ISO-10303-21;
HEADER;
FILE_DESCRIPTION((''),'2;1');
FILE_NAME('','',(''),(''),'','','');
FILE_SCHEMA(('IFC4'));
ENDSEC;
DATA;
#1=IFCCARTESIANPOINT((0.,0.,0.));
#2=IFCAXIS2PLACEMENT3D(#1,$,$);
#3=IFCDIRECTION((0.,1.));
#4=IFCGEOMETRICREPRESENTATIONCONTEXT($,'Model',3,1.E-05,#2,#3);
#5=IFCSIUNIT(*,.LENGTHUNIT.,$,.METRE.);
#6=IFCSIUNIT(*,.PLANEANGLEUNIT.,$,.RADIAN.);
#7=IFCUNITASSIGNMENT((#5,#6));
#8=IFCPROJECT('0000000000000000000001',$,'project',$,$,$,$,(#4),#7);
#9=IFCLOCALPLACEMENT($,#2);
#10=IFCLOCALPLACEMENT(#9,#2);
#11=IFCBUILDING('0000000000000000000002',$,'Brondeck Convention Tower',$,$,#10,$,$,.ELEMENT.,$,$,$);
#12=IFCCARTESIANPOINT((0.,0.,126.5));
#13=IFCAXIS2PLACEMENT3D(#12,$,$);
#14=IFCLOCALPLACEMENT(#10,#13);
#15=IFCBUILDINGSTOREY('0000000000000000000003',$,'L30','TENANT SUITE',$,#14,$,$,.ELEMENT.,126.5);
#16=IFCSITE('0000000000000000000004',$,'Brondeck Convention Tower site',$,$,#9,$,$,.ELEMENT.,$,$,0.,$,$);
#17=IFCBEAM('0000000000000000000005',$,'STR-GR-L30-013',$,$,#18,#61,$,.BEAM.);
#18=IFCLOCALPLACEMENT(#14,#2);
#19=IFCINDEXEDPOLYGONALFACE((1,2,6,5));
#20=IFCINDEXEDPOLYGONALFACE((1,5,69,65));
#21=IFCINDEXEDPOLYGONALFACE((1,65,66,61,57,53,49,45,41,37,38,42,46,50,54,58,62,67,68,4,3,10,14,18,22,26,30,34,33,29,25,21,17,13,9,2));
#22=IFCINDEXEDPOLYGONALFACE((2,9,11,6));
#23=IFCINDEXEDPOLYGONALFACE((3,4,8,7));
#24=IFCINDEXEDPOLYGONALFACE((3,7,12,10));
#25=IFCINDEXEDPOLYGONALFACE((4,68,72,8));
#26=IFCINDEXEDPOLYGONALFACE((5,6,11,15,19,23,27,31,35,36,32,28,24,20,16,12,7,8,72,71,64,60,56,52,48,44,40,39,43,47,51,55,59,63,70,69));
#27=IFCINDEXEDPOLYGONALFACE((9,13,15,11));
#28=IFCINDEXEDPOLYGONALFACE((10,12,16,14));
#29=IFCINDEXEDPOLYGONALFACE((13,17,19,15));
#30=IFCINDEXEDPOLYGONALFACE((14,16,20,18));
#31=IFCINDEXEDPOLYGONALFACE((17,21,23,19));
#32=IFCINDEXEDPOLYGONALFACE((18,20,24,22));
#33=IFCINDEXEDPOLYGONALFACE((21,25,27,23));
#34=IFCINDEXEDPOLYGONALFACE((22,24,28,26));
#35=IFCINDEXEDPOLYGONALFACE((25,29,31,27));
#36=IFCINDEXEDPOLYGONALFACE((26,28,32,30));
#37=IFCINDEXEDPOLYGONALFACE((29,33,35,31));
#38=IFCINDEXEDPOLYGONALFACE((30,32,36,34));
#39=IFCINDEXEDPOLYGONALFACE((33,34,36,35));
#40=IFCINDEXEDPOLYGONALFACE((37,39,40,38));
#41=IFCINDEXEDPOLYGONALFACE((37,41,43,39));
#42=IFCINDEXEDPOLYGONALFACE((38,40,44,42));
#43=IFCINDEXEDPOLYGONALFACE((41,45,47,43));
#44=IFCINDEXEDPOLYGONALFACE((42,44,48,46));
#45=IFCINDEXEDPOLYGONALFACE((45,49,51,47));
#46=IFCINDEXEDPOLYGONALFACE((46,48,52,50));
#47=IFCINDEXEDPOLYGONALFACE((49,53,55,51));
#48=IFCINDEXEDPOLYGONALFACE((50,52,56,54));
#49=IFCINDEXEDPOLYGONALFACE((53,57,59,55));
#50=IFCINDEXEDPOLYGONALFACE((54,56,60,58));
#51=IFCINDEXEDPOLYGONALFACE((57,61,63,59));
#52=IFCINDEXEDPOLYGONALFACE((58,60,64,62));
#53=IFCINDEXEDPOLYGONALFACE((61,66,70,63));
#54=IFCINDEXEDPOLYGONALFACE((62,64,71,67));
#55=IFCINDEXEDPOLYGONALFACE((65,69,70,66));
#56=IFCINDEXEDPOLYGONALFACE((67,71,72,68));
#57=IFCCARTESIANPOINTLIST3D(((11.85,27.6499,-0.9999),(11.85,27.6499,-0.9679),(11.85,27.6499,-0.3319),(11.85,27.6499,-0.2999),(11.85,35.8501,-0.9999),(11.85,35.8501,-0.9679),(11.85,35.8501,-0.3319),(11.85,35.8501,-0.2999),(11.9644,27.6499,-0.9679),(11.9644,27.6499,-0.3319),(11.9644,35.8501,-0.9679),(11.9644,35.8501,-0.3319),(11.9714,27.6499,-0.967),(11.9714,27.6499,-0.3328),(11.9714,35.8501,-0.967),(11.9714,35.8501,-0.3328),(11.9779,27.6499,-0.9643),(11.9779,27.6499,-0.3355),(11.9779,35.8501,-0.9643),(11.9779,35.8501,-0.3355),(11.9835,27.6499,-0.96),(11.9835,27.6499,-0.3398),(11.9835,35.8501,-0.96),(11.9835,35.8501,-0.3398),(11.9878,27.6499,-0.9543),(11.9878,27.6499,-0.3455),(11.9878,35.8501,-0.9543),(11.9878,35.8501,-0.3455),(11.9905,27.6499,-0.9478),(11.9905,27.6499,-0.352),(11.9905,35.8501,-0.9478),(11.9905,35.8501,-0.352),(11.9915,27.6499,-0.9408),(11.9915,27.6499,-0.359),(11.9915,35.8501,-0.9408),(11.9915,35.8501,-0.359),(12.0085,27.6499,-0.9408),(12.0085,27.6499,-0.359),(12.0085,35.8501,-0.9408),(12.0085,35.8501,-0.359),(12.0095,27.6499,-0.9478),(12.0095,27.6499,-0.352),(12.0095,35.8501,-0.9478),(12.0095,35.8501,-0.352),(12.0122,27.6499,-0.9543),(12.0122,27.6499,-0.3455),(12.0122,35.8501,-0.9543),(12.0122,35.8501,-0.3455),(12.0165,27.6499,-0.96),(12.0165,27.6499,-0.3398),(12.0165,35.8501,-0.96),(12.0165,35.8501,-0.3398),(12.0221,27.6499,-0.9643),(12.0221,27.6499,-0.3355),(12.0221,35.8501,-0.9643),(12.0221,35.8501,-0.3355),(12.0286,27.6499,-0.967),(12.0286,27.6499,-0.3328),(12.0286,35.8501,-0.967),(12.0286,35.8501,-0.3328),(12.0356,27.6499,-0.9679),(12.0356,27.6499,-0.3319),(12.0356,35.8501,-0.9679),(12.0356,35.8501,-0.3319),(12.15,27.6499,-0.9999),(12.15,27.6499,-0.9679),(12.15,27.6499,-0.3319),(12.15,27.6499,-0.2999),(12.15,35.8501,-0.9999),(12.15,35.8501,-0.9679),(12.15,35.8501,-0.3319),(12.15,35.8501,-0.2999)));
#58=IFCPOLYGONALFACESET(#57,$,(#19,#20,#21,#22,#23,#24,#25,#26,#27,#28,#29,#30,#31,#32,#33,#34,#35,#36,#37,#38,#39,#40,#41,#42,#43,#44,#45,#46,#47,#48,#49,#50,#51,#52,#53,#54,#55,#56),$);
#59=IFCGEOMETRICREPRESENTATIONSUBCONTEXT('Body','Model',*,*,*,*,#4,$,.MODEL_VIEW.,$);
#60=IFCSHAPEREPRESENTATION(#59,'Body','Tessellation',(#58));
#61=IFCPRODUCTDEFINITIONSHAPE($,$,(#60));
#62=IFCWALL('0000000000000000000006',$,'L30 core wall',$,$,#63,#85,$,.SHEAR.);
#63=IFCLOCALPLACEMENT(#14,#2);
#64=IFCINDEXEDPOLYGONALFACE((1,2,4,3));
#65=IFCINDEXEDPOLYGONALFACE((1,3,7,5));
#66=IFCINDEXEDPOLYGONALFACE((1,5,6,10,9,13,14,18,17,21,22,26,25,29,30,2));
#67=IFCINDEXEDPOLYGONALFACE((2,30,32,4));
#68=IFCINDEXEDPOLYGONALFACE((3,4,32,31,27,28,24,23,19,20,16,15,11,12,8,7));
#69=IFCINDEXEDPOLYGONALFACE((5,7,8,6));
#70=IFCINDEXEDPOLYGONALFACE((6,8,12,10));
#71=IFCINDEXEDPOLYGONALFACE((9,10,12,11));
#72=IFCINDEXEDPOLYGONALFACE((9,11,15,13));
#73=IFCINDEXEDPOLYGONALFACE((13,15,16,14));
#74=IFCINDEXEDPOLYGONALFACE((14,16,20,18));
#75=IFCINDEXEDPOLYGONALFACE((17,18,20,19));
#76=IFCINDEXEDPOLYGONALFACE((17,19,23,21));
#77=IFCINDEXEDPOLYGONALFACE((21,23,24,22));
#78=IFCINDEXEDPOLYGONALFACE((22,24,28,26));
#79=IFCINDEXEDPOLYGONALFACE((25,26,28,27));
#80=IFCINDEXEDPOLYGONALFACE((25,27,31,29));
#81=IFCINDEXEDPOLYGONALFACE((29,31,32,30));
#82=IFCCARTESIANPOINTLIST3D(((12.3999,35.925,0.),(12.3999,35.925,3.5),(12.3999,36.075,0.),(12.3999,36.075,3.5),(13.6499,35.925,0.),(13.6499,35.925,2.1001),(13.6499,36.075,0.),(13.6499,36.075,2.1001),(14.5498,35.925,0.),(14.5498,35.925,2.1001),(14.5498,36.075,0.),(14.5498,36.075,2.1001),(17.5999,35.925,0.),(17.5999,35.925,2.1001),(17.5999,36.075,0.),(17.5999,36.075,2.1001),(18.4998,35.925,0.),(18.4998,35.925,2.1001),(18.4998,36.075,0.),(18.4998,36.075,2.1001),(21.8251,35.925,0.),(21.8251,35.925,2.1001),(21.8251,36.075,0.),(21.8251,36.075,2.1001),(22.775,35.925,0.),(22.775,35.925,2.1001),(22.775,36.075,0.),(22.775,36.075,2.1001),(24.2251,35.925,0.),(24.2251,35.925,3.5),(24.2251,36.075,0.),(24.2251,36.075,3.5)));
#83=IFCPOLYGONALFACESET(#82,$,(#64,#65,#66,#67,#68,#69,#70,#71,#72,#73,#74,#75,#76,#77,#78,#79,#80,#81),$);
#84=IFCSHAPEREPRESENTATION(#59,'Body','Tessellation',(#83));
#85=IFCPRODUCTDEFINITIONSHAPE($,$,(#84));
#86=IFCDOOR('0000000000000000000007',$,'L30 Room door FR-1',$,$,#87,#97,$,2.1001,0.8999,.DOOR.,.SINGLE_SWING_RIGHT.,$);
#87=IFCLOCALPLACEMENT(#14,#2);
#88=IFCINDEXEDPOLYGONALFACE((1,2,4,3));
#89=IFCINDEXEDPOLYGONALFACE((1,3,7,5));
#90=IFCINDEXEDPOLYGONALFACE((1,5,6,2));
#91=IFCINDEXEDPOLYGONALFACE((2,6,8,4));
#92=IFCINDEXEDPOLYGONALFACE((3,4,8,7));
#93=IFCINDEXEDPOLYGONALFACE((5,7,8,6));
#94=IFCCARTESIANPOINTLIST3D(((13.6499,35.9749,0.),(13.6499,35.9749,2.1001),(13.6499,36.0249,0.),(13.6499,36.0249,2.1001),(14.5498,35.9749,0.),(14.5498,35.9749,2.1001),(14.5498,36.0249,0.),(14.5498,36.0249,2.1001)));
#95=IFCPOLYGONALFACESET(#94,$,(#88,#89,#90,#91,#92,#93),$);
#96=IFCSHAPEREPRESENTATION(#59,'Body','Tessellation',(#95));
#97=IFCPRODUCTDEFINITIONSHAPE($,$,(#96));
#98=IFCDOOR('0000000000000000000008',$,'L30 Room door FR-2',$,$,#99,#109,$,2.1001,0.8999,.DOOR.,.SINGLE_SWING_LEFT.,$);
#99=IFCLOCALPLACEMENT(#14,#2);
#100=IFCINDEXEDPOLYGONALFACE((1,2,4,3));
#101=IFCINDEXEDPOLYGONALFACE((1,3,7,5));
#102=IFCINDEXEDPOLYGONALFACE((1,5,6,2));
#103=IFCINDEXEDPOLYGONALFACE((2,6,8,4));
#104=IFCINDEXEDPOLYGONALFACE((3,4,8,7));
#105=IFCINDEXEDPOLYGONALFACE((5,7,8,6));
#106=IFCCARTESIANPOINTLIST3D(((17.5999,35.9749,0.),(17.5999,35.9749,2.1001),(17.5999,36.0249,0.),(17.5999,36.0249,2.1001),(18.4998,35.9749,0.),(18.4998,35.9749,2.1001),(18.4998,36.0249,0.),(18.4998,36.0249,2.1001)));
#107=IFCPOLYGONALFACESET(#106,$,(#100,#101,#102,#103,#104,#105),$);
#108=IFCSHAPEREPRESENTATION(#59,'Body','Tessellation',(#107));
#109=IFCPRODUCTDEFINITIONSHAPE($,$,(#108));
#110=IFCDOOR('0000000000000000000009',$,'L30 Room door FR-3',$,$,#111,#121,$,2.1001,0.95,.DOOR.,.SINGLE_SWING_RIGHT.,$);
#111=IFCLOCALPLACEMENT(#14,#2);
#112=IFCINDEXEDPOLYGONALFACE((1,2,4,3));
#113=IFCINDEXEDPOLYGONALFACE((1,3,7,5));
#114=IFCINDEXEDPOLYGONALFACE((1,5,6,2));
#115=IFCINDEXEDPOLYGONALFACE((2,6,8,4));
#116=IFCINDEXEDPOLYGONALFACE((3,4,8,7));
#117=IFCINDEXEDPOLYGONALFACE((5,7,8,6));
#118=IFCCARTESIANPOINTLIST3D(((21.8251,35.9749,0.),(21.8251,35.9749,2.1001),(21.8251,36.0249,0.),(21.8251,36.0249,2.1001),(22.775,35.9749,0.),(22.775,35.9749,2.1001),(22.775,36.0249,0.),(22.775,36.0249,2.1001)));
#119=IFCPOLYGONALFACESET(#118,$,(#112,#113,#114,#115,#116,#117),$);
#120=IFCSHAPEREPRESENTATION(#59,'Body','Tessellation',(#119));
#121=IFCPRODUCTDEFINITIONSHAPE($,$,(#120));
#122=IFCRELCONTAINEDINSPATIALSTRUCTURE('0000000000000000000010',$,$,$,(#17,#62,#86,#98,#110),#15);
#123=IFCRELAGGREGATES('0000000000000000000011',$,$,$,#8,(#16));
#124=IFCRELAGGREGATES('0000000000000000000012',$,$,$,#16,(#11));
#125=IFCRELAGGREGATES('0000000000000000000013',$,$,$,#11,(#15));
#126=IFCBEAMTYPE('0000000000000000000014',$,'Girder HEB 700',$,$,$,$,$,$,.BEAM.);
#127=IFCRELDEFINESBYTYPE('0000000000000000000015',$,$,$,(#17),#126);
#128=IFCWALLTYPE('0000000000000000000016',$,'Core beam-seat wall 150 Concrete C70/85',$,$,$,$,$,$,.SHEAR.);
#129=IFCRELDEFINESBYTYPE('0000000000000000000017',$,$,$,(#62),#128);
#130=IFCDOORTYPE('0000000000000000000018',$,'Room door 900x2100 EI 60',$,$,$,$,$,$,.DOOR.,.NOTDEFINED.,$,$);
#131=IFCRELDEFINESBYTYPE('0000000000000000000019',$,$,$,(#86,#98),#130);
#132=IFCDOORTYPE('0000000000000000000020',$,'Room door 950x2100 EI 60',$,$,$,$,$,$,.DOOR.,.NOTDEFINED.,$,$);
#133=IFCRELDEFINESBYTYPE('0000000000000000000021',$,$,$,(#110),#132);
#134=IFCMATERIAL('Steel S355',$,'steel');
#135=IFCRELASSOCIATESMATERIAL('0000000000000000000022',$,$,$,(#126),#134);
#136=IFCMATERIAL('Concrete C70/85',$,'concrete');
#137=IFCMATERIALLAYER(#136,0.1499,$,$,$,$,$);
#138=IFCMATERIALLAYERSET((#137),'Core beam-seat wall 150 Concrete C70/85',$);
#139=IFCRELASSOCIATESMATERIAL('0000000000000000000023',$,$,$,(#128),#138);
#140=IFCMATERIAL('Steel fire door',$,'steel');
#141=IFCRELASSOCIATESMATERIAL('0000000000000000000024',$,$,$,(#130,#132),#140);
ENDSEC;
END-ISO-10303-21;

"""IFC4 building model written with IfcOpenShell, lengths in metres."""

from ifc_helpers import new_model, si_unit, direction, frame, frame_2d, origin, origin_2d, place, context, subcontext, project, spatial, rectangle, i_section, extrude, material, layer, layer_set, material_profile, profile_set, type_object, element, fill, save


model = new_model("IFC4")

# Units and contexts
model_context = context("Model", 3, precision=1e-05, world=origin(), true_north=direction((0.0, 1.0)))
body_context = subcontext(model_context, "Body", "Model", "MODEL_VIEW")
ifc_project = project(units=[si_unit("LENGTHUNIT", "METRE"), si_unit("PLANEANGLEUNIT", "RADIAN")], contexts=[model_context])

# Site, building, storey
site_placement = place(None, origin())
site = spatial("IfcSite", under=ifc_project, at=site_placement, Name="Brondeck Convention Tower site", CompositionType="ELEMENT", RefElevation=0.0)
building_placement = place(site_placement, origin())
building = spatial("IfcBuilding", under=site, at=building_placement, Name="Brondeck Convention Tower", CompositionType="ELEMENT")
storey_placement = place(building_placement, frame((0.0, 0.0, 126.5)))
storey = spatial("IfcBuildingStorey", under=building, at=storey_placement, Name="L30", Description="TENANT SUITE", CompositionType="ELEMENT", Elevation=126.5)

# Beam
ifc_material_1 = material(Name="Steel S355", Category="steel")
ifc_material_profile = material_profile(ifc_material_1, i_section(OverallWidth=0.3, OverallDepth=0.7, WebThickness=0.0171, FlangeThickness=0.032, FilletRadius=0.0271, at=origin_2d()), Name="HEB 700")
ifc_profile_set = profile_set([ifc_material_profile], Name="Steel S355")
beam_type = type_object("IfcBeamType", Name="Girder HEB 700", PredefinedType="BEAM", material=ifc_profile_set)
beam_placement = place(storey_placement, frame((12.0, 35.8501, -0.6499), z_axis=(0.0, -1.0, 0.0), x_axis=(1.0, 0.0, 0.0)))
element("IfcBeam", 1, at=beam_placement, inside=storey, type_object=beam_type, Name="STR-GR-L30-013", PredefinedType="BEAM", context=body_context, shape_type="SweptSolid", body=[
    extrude(i_section(OverallWidth=0.3, OverallDepth=0.7, WebThickness=0.0171, FlangeThickness=0.032, FilletRadius=0.0271, at=origin_2d()), origin(), (0.0, 0.0, 1.0), 8.2002),
])

# Wall, openings, doors
ifc_material_2 = material(Name="Concrete C70/85", Category="concrete")
ifc_layer_1 = layer(ifc_material_2, 0.1499)
ifc_layer_set_1 = layer_set([ifc_layer_1], Name="Core beam-seat wall 150 Concrete C70/85")
wall_type_1 = type_object("IfcWallType", Name="Core beam-seat wall 150 Concrete C70/85", PredefinedType="SHEAR", material=ifc_layer_set_1)
wall_1_placement = place(storey_placement, frame((12.3999, 36.0, 0.0), z_axis=(0.0, 0.0, 1.0), x_axis=(1.0, 0.0, 0.0)))
wall_1 = element("IfcWall", 2, at=wall_1_placement, inside=storey, type_object=wall_type_1, Name="L30 core wall", PredefinedType="SHEAR", context=body_context, shape_type="SweptSolid", body=[
    extrude(rectangle(XDim=11.8252, YDim=0.1499, at=frame_2d((5.9126, 0.0))), origin(), (0.0, 0.0, 1.0), 3.5),
])
opening_1_placement = place(wall_1_placement, frame((1.25, 0.0, 0.0)))
opening_1 = element("IfcOpeningElement", 3, at=opening_1_placement, cuts=wall_1, PredefinedType="OPENING", context=body_context, shape_type="SweptSolid", body=[
    extrude(rectangle(XDim=0.8999, YDim=2.1001, at=frame_2d((0.45, 1.05))), frame((0.0, 0.085, 0.0), z_axis=(0.0, -1.0, 0.0), x_axis=(1.0, 0.0, 0.0)), (0.0, 0.0, 1.0), 0.1699),
])
opening_2_placement = place(wall_1_placement, frame((5.2, 0.0, 0.0)))
opening_2 = element("IfcOpeningElement", 4, at=opening_2_placement, cuts=wall_1, PredefinedType="OPENING", context=body_context, shape_type="SweptSolid", body=[
    extrude(rectangle(XDim=0.8999, YDim=2.1001, at=frame_2d((0.45, 1.05))), frame((0.0, 0.085, 0.0), z_axis=(0.0, -1.0, 0.0), x_axis=(1.0, 0.0, 0.0)), (0.0, 0.0, 1.0), 0.1699),
])
opening_3_placement = place(wall_1_placement, frame((9.425, 0.0, 0.0)))
opening_3 = element("IfcOpeningElement", 5, at=opening_3_placement, cuts=wall_1, PredefinedType="OPENING", context=body_context, shape_type="SweptSolid", body=[
    extrude(rectangle(XDim=0.95, YDim=2.1001, at=frame_2d((0.4751, 1.05))), frame((0.0, 0.085, 0.0), z_axis=(0.0, -1.0, 0.0), x_axis=(1.0, 0.0, 0.0)), (0.0, 0.0, 1.0), 0.1699),
])
ifc_material_3 = material(Name="Steel fire door", Category="steel")
door_type_1 = type_object("IfcDoorType", Name="Room door 900x2100 EI 60", OperationType="NOTDEFINED", PredefinedType="DOOR", material=ifc_material_3)
door_1_placement = place(opening_1_placement, origin())
door_1 = element("IfcDoor", 6, at=door_1_placement, inside=storey, type_object=door_type_1, Name="L30 Room door FR-1", OperationType="SINGLE_SWING_RIGHT", OverallHeight=2.1001, OverallWidth=0.8999, PredefinedType="DOOR", context=body_context, shape_type="SweptSolid", body=[
    extrude(rectangle(XDim=0.8999, YDim=2.1001, at=frame_2d((0.45, 1.05))), frame((0.0, 0.0249, 0.0), z_axis=(0.0, -1.0, 0.0), x_axis=(1.0, 0.0, 0.0)), (0.0, 0.0, 1.0), 0.05),
])
fill(opening_1, door_1)
door_2_placement = place(opening_2_placement, origin())
door_2 = element("IfcDoor", 7, at=door_2_placement, inside=storey, type_object=door_type_1, Name="L30 Room door FR-2", OperationType="SINGLE_SWING_LEFT", OverallHeight=2.1001, OverallWidth=0.8999, PredefinedType="DOOR", context=body_context, shape_type="SweptSolid", body=[
    extrude(rectangle(XDim=0.8999, YDim=2.1001, at=frame_2d((0.45, 1.05))), frame((0.0, 0.0249, 0.0), z_axis=(0.0, -1.0, 0.0), x_axis=(1.0, 0.0, 0.0)), (0.0, 0.0, 1.0), 0.05),
])
fill(opening_2, door_2)
door_type_2 = type_object("IfcDoorType", Name="Room door 950x2100 EI 60", OperationType="NOTDEFINED", PredefinedType="DOOR", material=ifc_material_3)
door_3_placement = place(opening_3_placement, origin())
door_3 = element("IfcDoor", 8, at=door_3_placement, inside=storey, type_object=door_type_2, Name="L30 Room door FR-3", OperationType="SINGLE_SWING_RIGHT", OverallHeight=2.1001, OverallWidth=0.95, PredefinedType="DOOR", context=body_context, shape_type="SweptSolid", body=[
    extrude(rectangle(XDim=0.95, YDim=2.1001, at=frame_2d((0.4751, 1.05))), frame((0.0, 0.0249, 0.0), z_axis=(0.0, -1.0, 0.0), x_axis=(1.0, 0.0, 0.0)), (0.0, 0.0, 1.0), 0.05),
])
fill(opening_3, door_3)

save(model, "model.ifc")
